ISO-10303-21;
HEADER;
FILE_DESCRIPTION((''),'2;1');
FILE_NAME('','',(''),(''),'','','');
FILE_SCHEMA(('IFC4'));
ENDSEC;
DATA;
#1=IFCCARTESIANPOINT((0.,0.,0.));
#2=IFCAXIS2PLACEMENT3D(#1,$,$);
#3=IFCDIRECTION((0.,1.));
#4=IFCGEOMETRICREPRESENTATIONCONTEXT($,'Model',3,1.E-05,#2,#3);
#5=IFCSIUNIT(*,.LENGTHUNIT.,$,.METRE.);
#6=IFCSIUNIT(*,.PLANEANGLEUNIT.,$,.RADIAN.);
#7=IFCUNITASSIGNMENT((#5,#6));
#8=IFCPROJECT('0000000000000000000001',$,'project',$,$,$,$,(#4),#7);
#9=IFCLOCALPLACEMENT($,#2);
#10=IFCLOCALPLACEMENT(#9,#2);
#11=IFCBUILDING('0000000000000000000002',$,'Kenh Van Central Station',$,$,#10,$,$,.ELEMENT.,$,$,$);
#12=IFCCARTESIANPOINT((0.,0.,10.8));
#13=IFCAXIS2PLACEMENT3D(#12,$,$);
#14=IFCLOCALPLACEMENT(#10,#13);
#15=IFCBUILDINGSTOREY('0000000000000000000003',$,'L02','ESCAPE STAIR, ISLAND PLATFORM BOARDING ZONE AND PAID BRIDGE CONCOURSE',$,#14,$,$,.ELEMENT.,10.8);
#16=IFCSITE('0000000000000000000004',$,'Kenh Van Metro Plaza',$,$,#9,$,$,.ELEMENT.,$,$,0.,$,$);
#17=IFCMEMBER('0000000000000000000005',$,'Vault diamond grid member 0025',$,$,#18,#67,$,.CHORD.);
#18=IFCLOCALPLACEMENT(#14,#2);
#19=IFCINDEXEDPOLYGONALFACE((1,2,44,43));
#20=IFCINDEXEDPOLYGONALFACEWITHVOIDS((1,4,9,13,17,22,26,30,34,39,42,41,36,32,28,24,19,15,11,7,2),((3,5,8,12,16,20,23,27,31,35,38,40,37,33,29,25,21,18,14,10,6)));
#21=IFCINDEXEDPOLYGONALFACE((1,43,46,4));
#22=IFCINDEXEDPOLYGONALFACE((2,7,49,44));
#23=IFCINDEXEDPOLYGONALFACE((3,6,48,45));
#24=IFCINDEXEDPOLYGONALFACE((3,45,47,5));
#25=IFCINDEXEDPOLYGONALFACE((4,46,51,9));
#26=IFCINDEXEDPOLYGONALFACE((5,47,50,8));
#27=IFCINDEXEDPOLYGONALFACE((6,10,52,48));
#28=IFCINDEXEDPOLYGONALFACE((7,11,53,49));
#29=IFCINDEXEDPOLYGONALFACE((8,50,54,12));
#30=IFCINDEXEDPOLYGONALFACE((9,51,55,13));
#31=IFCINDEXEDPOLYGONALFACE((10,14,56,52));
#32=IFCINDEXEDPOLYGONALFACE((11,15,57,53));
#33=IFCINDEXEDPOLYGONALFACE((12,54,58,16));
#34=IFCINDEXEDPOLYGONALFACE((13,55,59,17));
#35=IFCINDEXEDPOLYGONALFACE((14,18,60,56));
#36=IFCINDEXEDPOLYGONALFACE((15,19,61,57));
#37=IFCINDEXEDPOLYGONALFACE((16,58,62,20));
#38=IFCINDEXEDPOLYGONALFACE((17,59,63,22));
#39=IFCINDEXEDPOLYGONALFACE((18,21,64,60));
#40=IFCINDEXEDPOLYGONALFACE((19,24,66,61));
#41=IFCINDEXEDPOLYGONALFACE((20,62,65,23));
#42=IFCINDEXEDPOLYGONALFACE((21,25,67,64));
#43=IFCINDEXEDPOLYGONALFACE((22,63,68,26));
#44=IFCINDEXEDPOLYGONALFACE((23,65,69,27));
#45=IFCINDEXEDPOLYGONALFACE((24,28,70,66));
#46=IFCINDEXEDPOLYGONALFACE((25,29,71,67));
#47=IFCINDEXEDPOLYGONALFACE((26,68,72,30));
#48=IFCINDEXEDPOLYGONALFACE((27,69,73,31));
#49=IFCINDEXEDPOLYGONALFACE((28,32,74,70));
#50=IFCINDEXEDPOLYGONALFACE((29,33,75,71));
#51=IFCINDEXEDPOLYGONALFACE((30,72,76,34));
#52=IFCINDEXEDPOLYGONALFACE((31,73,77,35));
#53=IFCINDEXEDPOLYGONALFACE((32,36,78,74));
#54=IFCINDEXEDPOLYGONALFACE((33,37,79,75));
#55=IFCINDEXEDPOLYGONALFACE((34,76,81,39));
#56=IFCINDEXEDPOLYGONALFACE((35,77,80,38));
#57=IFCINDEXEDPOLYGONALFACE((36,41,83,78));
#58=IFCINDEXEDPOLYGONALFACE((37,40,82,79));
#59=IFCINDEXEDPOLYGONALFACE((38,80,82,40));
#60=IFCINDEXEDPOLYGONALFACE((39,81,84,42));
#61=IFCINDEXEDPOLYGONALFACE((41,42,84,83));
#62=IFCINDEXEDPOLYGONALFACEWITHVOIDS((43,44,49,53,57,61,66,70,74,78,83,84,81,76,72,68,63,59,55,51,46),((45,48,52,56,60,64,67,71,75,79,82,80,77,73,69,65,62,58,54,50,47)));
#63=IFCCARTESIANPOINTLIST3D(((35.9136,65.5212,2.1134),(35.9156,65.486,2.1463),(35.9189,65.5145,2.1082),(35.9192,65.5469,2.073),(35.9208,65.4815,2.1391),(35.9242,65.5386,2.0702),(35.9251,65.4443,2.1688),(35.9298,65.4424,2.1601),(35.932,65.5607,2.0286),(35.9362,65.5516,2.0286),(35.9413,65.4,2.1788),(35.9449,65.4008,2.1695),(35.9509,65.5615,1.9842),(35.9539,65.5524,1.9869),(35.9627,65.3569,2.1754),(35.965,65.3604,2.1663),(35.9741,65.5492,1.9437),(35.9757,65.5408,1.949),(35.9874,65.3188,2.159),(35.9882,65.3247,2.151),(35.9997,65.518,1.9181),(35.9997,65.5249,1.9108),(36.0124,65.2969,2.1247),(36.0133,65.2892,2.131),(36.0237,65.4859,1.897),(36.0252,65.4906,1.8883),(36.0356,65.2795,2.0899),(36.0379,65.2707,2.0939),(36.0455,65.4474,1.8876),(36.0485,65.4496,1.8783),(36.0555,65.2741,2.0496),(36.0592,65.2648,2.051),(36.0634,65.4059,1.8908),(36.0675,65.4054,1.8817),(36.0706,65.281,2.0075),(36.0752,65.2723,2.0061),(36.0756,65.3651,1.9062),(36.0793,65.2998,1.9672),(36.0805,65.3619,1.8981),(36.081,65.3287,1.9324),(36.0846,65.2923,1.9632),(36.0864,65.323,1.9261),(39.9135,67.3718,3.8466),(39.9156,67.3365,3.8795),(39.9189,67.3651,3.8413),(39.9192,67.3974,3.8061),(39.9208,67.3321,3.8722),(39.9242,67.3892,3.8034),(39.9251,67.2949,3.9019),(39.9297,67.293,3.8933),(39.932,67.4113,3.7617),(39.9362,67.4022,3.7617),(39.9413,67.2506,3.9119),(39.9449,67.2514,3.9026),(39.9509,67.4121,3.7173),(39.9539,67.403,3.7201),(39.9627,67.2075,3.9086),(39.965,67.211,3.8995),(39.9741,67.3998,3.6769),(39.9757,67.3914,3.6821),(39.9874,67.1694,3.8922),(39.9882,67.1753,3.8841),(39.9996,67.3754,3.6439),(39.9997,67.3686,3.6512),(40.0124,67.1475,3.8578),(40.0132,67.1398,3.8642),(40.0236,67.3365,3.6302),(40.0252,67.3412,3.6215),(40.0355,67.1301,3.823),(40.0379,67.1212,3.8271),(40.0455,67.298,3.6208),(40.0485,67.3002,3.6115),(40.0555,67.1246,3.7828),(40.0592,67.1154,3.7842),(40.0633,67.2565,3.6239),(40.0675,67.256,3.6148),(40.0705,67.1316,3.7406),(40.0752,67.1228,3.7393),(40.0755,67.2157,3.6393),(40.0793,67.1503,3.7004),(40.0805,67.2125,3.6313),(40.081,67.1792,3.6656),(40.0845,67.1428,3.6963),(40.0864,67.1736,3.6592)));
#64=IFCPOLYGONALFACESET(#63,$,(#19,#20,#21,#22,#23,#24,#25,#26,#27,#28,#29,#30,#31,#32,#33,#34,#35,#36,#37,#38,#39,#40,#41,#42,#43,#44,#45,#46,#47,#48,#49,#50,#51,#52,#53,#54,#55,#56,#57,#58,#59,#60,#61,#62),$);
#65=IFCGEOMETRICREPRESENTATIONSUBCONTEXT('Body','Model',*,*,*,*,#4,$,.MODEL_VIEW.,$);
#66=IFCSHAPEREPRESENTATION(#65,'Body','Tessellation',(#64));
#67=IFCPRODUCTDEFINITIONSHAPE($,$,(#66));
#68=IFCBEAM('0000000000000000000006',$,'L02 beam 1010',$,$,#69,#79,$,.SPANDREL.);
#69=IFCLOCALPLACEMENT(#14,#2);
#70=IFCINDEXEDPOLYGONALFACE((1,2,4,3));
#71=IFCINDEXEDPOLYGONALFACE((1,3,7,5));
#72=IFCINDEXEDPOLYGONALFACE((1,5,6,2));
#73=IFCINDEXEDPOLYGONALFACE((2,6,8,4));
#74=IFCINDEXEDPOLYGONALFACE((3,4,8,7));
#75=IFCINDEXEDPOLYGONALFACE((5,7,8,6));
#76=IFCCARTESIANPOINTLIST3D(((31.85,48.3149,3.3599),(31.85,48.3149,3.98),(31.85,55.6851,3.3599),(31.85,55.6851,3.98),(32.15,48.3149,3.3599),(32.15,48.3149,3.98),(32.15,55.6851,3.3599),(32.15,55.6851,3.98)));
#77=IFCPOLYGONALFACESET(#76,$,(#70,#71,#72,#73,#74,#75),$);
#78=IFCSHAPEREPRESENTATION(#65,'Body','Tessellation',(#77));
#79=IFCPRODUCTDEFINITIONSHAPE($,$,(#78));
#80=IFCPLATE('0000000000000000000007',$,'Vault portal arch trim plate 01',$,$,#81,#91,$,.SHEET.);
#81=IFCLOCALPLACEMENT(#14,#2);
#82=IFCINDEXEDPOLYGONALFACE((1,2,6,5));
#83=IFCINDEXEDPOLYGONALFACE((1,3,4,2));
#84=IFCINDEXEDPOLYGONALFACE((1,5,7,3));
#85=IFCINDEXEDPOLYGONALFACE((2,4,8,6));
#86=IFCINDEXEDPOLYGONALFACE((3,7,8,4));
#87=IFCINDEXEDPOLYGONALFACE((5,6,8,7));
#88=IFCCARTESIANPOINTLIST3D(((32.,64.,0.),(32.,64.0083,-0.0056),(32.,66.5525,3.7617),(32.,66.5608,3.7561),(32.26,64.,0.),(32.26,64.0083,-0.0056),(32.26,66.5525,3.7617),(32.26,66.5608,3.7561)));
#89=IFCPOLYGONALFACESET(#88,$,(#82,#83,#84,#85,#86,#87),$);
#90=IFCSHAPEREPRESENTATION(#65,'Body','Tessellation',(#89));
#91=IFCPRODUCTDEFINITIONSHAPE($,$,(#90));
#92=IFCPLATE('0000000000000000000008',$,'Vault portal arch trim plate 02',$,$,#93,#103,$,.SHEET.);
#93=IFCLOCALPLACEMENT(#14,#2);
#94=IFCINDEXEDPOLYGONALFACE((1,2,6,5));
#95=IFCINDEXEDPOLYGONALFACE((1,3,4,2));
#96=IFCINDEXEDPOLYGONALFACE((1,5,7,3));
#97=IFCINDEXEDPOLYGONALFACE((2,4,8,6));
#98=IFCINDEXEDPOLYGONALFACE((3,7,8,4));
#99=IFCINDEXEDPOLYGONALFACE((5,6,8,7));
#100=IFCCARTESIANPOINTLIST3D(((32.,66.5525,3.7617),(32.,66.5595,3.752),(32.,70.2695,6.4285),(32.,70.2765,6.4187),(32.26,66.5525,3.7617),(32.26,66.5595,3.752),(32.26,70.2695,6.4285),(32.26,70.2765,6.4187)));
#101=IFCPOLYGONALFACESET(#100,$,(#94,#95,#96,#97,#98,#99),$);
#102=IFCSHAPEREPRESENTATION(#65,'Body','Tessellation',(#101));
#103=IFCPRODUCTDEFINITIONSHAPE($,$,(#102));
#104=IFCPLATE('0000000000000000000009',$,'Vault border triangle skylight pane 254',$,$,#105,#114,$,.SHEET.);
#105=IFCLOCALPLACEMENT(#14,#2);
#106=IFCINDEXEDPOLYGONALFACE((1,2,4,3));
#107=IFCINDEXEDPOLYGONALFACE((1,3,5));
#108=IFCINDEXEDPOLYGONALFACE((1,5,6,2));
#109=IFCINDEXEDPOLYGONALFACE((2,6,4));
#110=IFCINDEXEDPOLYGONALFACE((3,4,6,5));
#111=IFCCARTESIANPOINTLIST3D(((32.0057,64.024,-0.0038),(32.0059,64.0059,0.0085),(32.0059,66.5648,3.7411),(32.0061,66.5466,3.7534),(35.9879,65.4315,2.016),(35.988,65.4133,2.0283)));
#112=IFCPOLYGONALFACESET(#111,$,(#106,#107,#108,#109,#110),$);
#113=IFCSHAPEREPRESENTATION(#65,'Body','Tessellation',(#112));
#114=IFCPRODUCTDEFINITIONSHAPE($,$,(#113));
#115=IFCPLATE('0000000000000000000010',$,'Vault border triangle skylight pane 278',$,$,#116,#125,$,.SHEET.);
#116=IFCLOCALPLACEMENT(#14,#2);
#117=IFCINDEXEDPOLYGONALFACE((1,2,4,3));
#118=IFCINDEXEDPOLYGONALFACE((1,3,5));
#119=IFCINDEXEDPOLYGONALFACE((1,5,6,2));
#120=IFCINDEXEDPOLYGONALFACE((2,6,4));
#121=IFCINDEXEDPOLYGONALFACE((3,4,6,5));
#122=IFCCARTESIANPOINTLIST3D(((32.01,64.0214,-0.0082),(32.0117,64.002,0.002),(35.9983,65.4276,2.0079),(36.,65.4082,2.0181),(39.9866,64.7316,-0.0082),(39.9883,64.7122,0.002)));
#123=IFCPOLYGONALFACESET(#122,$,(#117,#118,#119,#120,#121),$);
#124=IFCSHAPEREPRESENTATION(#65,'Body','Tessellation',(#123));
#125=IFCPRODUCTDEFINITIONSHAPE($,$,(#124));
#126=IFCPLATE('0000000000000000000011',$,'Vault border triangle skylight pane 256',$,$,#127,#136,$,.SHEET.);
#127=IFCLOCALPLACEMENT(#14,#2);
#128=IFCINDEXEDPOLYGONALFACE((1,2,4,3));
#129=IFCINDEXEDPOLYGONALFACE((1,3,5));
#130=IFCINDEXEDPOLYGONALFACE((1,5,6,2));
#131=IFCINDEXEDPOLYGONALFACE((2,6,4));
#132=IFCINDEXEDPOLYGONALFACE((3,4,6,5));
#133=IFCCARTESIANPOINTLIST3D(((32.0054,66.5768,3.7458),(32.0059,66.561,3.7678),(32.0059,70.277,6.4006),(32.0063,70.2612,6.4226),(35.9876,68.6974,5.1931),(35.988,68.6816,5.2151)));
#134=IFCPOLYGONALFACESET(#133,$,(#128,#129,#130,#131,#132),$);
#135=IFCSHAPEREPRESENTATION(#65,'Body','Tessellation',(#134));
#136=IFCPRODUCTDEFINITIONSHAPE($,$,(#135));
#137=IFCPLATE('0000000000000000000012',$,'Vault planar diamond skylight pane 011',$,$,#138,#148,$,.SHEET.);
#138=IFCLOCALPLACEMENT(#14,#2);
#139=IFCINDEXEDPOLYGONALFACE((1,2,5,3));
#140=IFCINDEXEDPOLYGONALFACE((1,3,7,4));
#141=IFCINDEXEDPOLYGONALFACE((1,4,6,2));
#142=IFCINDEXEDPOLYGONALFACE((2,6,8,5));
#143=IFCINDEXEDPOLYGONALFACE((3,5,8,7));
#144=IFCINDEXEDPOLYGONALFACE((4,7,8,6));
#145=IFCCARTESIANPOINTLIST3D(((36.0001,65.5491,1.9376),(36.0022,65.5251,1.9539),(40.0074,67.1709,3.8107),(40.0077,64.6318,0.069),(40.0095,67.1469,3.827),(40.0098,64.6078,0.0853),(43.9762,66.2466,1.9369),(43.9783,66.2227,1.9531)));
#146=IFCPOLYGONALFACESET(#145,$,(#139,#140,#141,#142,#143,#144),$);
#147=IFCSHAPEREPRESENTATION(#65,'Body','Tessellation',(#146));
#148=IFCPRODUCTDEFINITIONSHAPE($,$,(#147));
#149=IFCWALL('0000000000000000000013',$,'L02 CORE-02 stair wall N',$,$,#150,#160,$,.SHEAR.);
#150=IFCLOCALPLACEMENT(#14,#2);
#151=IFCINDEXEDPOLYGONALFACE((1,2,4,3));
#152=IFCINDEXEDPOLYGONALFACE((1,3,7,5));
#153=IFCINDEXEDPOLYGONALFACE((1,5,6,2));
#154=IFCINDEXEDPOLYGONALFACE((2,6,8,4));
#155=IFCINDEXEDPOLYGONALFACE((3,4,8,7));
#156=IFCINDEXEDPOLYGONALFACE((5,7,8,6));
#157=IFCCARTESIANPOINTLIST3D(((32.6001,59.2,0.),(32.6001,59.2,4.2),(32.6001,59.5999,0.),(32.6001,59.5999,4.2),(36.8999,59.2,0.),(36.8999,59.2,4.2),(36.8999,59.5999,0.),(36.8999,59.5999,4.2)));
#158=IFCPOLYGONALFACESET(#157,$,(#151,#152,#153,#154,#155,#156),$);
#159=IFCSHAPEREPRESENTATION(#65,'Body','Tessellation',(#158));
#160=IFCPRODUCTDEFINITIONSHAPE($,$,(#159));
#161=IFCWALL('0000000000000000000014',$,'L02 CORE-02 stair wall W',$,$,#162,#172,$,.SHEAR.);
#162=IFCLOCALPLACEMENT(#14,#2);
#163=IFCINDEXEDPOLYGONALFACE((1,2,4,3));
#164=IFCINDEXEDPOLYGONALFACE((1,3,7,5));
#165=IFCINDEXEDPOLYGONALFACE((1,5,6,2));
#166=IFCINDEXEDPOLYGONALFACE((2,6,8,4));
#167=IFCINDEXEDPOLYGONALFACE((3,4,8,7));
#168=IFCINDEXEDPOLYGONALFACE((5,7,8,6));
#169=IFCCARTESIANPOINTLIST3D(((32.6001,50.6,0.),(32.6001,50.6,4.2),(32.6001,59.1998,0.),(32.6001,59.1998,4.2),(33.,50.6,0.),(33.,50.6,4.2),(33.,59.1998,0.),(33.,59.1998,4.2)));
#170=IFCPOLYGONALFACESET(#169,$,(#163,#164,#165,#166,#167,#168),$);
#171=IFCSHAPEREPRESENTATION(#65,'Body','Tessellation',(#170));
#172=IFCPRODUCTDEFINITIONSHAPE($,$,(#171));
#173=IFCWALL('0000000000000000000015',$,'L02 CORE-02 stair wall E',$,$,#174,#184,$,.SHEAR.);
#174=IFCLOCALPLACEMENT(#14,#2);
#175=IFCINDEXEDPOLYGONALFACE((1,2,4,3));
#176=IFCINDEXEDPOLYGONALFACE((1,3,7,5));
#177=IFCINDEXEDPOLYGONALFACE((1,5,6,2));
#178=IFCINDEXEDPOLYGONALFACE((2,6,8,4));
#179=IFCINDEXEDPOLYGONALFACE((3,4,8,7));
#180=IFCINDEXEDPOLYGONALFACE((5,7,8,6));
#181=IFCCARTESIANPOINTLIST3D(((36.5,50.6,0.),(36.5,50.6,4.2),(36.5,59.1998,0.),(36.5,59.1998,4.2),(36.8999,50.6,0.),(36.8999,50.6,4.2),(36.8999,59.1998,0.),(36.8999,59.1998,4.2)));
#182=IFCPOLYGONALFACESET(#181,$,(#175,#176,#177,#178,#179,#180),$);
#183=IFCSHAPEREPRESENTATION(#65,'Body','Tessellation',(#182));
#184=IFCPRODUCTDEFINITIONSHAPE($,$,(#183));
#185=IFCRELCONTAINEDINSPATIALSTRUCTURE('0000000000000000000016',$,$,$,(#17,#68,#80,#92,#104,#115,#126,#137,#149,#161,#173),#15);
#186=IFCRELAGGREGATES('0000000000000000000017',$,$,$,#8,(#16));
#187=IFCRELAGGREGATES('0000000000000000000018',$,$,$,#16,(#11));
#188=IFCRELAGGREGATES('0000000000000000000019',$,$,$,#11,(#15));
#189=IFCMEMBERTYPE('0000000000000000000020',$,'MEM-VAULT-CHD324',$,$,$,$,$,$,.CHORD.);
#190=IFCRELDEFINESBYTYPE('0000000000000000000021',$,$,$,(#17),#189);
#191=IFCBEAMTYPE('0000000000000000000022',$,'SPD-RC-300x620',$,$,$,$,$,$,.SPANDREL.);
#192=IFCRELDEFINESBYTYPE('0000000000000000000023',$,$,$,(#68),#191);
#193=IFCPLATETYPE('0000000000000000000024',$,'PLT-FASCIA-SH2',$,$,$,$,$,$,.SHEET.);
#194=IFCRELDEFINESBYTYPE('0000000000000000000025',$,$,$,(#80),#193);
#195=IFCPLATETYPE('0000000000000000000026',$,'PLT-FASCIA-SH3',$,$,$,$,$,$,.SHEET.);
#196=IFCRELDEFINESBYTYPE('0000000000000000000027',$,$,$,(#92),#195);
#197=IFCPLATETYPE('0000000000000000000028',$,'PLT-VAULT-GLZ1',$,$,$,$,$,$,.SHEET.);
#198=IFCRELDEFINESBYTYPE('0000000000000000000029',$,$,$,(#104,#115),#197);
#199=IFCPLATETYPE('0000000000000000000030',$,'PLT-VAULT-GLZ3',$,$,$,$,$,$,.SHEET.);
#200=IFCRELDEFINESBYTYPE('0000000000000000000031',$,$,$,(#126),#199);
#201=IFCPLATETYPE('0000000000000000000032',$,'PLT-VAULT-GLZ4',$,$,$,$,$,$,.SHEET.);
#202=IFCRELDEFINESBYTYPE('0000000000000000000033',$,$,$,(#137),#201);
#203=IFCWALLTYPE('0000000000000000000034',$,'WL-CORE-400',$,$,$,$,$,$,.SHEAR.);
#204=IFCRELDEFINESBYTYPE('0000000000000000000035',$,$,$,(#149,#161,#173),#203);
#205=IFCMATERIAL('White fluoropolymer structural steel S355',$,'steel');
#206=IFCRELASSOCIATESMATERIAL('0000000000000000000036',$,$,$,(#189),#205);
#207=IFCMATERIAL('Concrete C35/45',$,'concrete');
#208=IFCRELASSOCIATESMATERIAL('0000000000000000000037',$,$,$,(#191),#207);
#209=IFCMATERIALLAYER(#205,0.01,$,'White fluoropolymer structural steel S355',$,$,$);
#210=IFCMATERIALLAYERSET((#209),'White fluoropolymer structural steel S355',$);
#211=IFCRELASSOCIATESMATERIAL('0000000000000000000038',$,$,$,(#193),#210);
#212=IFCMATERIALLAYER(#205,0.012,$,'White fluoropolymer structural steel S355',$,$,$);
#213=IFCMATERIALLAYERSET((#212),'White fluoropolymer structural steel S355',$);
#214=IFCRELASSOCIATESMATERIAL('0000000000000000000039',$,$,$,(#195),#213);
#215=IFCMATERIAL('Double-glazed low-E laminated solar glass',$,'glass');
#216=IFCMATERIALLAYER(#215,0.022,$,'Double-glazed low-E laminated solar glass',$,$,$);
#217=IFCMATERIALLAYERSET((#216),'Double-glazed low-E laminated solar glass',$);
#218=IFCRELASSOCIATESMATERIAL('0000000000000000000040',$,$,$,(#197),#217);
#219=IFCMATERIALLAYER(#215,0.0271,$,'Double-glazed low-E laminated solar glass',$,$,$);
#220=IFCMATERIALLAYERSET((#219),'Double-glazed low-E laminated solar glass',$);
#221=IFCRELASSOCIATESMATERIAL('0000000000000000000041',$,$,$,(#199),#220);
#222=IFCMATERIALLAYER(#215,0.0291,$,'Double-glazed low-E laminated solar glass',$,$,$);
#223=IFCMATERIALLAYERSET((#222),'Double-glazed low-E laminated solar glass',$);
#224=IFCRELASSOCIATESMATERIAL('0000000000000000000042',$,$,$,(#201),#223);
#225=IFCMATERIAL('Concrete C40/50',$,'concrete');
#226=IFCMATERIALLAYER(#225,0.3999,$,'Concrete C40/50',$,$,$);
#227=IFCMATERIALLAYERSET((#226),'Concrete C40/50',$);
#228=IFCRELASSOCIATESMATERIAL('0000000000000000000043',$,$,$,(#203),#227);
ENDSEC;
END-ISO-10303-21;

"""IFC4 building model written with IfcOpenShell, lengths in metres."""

from ifc_helpers import new_model, si_unit, direction, frame, frame_2d, origin, origin_2d, place, context, subcontext, project, spatial, polyline, rectangle, hollow_circle, outline, extrude, material, layer, layer_set, material_profile, profile_set, type_object, element, save


model = new_model("IFC4")

# Units and contexts
model_context = context("Model", 3, precision=1e-05, world=origin(), true_north=direction((0.0, 1.0)))
body_context = subcontext(model_context, "Body", "Model", "MODEL_VIEW")
ifc_project = project(units=[si_unit("LENGTHUNIT", "METRE"), si_unit("PLANEANGLEUNIT", "RADIAN")], contexts=[model_context])

# Site, building, storey
site_placement = place(None, origin())
site = spatial("IfcSite", under=ifc_project, at=site_placement, Name="Kenh Van Metro Plaza", CompositionType="ELEMENT", RefElevation=0.0)
building_placement = place(site_placement, origin())
building = spatial("IfcBuilding", under=site, at=building_placement, Name="Kenh Van Central Station", CompositionType="ELEMENT")
storey_placement = place(building_placement, frame((0.0, 0.0, 10.8)))
storey = spatial("IfcBuildingStorey", under=building, at=storey_placement, Name="L02", Description="ESCAPE STAIR, ISLAND PLATFORM BOARDING ZONE AND PAID BRIDGE CONCOURSE", CompositionType="ELEMENT", Elevation=10.8)

# Shared definitions
ifc_material_1 = material(Name="Concrete C35/45", Category="concrete")

# Shared definitions
ifc_material_2 = material(Name="White fluoropolymer structural steel S355", Category="steel")

# Member
ifc_material_profile_1 = material_profile(ifc_material_2, hollow_circle(Radius=0.1619, WallThickness=0.01, at=origin_2d()), Name="CHS 323.9x10")
ifc_profile_set_1 = profile_set([ifc_material_profile_1], Name="White fluoropolymer structural steel S355")
member_type_1 = type_object("IfcMemberType", Name="MEM-VAULT-CHD324", PredefinedType="CHORD", material=ifc_profile_set_1)
member_1_placement = place(storey_placement, frame((36.0, 65.4138, 2.0286), z_axis=(0.844617, 0.390759, 0.365963), x_axis=(-0.419887, 0.907576, 0.0)))
element("IfcMember", 1, at=member_1_placement, inside=storey, type_object=member_type_1, Name="Vault diamond grid member 0025", PredefinedType="CHORD", context=body_context, shape_type="SweptSolid", body=[
    extrude(hollow_circle(Radius=0.1619, WallThickness=0.01, at=origin_2d()), origin(), (0.0, 0.0, 1.0), 4.7358),
])

# Beam
ifc_material_profile_2 = material_profile(ifc_material_1, rectangle(XDim=0.3, YDim=0.6201, at=origin_2d()), Name="RC 300x620")
ifc_profile_set_2 = profile_set([ifc_material_profile_2], Name="Concrete C35/45")
beam_type_1 = type_object("IfcBeamType", Name="SPD-RC-300x620", PredefinedType="SPANDREL", material=ifc_profile_set_2)
beam_1_placement = place(storey_placement, frame((32.0, 48.3149, 3.6699), z_axis=(0.0, 1.0, 0.0), x_axis=(-1.0, 0.0, 0.0)))
element("IfcBeam", 2, at=beam_1_placement, inside=storey, type_object=beam_type_1, Name="L02 beam 1010", PredefinedType="SPANDREL", context=body_context, shape_type="SweptSolid", body=[
    extrude(rectangle(XDim=0.3, YDim=0.6201, at=origin_2d()), origin(), (0.0, 0.0, 1.0), 7.3701),
])

# Plates
ifc_layer_1 = layer(ifc_material_2, 0.01, Name="White fluoropolymer structural steel S355")
ifc_layer_set_1 = layer_set([ifc_layer_1], Name="White fluoropolymer structural steel S355")
plate_type_1 = type_object("IfcPlateType", Name="PLT-FASCIA-SH2", PredefinedType="SHEET", material=ifc_layer_set_1)
plate_1_placement = place(storey_placement, frame((32.0, 64.0, 0.0), z_axis=(0.0, -0.827486, 0.561486), x_axis=(1.0, 0.0, 0.0)))
element("IfcPlate", 3, at=plate_1_placement, inside=storey, type_object=plate_type_1, Name="Vault portal arch trim plate 01", PredefinedType="SHEET", context=body_context, shape_type="SweptSolid", body=[
    extrude(outline(polyline([(0.0, 0.0), (0.26, 0.0), (0.26, 4.546), (0.0, 4.546), (0.0, 0.0)])), origin(), (0.0, 0.0, -1.0), 0.01),
])
ifc_layer_2 = layer(ifc_material_2, 0.012, Name="White fluoropolymer structural steel S355")
ifc_layer_set_2 = layer_set([ifc_layer_2], Name="White fluoropolymer structural steel S355")
plate_type_2 = type_object("IfcPlateType", Name="PLT-FASCIA-SH3", PredefinedType="SHEET", material=ifc_layer_set_2)
plate_2_placement = place(storey_placement, frame((32.0, 66.5525, 3.7617), z_axis=(0.0, -0.582933, 0.81252), x_axis=(1.0, 0.0, 0.0)))
element("IfcPlate", 4, at=plate_2_placement, inside=storey, type_object=plate_type_2, Name="Vault portal arch trim plate 02", PredefinedType="SHEET", context=body_context, shape_type="SweptSolid", body=[
    extrude(outline(polyline([(0.0, 0.0), (0.26, 0.0), (0.26, 4.5747), (0.0, 4.5747), (0.0, 0.0)])), origin(), (0.0, 0.0, -1.0), 0.012),
])
ifc_material_3 = material(Name="Double-glazed low-E laminated solar glass", Category="glass")
ifc_layer_3 = layer(ifc_material_3, 0.022, Name="Double-glazed low-E laminated solar glass")
ifc_layer_set_3 = layer_set([ifc_layer_3], Name="Double-glazed low-E laminated solar glass")
plate_type_3 = type_object("IfcPlateType", Name="PLT-VAULT-GLZ1", PredefinedType="SHEET", material=ifc_layer_set_3)
plate_3_placement = place(storey_placement, frame((32.0059, 64.0059, 0.0085), z_axis=(0.007714, -0.827492, 0.561425), x_axis=(0.850586, 0.300633, 0.43142)))
element("IfcPlate", 5, at=plate_3_placement, inside=storey, type_object=plate_type_3, Name="Vault border triangle skylight pane 254", PredefinedType="SHEET", context=body_context, shape_type="SweptSolid", body=[
    extrude(outline(polyline([(0.0, 0.0), (4.6817, 0.0), (2.3797, 3.8493), (0.0, 0.0)])), origin(), (0.0, 0.0, -1.0), 0.022),
])
plate_4_placement = place(storey_placement, frame((32.0117, 64.002, 0.002), z_axis=(0.078705, -0.883967, 0.460877), x_axis=(0.99606, 0.088686, 0.0)))
element("IfcPlate", 6, at=plate_4_placement, inside=storey, type_object=plate_type_3, Name="Vault border triangle skylight pane 278", PredefinedType="SHEET", context=body_context, shape_type="SweptSolid", body=[
    extrude(outline(polyline([(0.0, 0.0), (8.0081, 0.0), (4.0973, 2.2718), (0.0, 0.0)])), origin(), (0.0, 0.0, -1.0), 0.022),
])
ifc_layer_4 = layer(ifc_material_3, 0.0271, Name="Double-glazed low-E laminated solar glass")
ifc_layer_set_4 = layer_set([ifc_layer_4], Name="Double-glazed low-E laminated solar glass")
plate_type_4 = type_object("IfcPlateType", Name="PLT-VAULT-GLZ3", PredefinedType="SHEET", material=ifc_layer_set_4)
plate_5_placement = place(storey_placement, frame((32.0059, 66.561, 3.7678), z_axis=(0.015141, -0.582885, 0.812413), x_axis=(0.840465, 0.447568, 0.305455)))
element("IfcPlate", 7, at=plate_5_placement, inside=storey, type_object=plate_type_4, Name="Vault border triangle skylight pane 256", PredefinedType="SHEET", context=body_context, shape_type="SweptSolid", body=[
    extrude(outline(polyline([(0.0, 0.0), (4.7381, 0.0), (2.4674, 3.8277), (0.0, 0.0)])), origin(), (0.0, 0.0, -1.0), 0.0271),
])
ifc_layer_5 = layer(ifc_material_3, 0.0291, Name="Double-glazed low-E laminated solar glass")
ifc_layer_set_5 = layer_set([ifc_layer_5], Name="Double-glazed low-E laminated solar glass")
plate_type_5 = type_object("IfcPlateType", Name="PLT-VAULT-GLZ4", PredefinedType="SHEET", material=ifc_layer_set_5)
plate_6_placement = place(storey_placement, frame((36.0022, 65.5251, 1.9539), z_axis=(0.072225, -0.825307, 0.560046), x_axis=(0.887427, -0.203126, -0.413779)))
element("IfcPlate", 8, at=plate_6_placement, inside=storey, type_object=plate_type_5, Name="Vault planar diamond skylight pane 011", PredefinedType="SHEET", context=body_context, shape_type="SweptSolid", body=[
    extrude(outline(polyline([(0.0, 0.0), (4.5159, 0.0), (6.9368, 3.9981), (2.4517, 4.0232), (0.0, 0.0)])), origin(), (0.0, 0.0, -1.0), 0.0291),
])

# Shared definitions
ifc_material_4 = material(Name="Concrete C40/50", Category="concrete")
ifc_layer_6 = layer(ifc_material_4, 0.3999, Name="Concrete C40/50")
ifc_layer_set_6 = layer_set([ifc_layer_6], Name="Concrete C40/50")
wall_type_1 = type_object("IfcWallType", Name="WL-CORE-400", PredefinedType="SHEAR", material=ifc_layer_set_6)

# Walls
wall_1_placement = place(storey_placement, frame((32.6001, 59.3999, 0.0), z_axis=(0.0, 0.0, 1.0), x_axis=(1.0, 0.0, 0.0)))
element("IfcWall", 9, at=wall_1_placement, inside=storey, type_object=wall_type_1, Name="L02 CORE-02 stair wall N", PredefinedType="SHEAR", context=body_context, shape_type="SweptSolid", body=[
    extrude(rectangle(XDim=4.2998, YDim=0.3999, at=frame_2d((2.1499, 0.0))), origin(), (0.0, 0.0, 1.0), 4.2),
])
for number, where, z_axis, x_axis, name in (
    (10, (32.8, 50.6001, 0.0), (0.0, 0.0, 1.0), (0.0, 1.0, 0.0), "L02 CORE-02 stair wall W"),
    (11, (36.7, 50.6001, 0.0), (0.0, 0.0, 1.0), (0.0, 1.0, 0.0), "L02 CORE-02 stair wall E"),
):
    element("IfcWall", number, at=place(storey_placement, frame(where, z_axis=z_axis, x_axis=x_axis)), inside=storey, type_object=wall_type_1, Name=name, PredefinedType="SHEAR", context=body_context, shape_type="SweptSolid", body=[
        extrude(rectangle(XDim=8.5999, YDim=0.3999, at=frame_2d((4.2998, 0.0))), origin(), (0.0, 0.0, 1.0), 4.2),
    ])

save(model, "model.ifc")
